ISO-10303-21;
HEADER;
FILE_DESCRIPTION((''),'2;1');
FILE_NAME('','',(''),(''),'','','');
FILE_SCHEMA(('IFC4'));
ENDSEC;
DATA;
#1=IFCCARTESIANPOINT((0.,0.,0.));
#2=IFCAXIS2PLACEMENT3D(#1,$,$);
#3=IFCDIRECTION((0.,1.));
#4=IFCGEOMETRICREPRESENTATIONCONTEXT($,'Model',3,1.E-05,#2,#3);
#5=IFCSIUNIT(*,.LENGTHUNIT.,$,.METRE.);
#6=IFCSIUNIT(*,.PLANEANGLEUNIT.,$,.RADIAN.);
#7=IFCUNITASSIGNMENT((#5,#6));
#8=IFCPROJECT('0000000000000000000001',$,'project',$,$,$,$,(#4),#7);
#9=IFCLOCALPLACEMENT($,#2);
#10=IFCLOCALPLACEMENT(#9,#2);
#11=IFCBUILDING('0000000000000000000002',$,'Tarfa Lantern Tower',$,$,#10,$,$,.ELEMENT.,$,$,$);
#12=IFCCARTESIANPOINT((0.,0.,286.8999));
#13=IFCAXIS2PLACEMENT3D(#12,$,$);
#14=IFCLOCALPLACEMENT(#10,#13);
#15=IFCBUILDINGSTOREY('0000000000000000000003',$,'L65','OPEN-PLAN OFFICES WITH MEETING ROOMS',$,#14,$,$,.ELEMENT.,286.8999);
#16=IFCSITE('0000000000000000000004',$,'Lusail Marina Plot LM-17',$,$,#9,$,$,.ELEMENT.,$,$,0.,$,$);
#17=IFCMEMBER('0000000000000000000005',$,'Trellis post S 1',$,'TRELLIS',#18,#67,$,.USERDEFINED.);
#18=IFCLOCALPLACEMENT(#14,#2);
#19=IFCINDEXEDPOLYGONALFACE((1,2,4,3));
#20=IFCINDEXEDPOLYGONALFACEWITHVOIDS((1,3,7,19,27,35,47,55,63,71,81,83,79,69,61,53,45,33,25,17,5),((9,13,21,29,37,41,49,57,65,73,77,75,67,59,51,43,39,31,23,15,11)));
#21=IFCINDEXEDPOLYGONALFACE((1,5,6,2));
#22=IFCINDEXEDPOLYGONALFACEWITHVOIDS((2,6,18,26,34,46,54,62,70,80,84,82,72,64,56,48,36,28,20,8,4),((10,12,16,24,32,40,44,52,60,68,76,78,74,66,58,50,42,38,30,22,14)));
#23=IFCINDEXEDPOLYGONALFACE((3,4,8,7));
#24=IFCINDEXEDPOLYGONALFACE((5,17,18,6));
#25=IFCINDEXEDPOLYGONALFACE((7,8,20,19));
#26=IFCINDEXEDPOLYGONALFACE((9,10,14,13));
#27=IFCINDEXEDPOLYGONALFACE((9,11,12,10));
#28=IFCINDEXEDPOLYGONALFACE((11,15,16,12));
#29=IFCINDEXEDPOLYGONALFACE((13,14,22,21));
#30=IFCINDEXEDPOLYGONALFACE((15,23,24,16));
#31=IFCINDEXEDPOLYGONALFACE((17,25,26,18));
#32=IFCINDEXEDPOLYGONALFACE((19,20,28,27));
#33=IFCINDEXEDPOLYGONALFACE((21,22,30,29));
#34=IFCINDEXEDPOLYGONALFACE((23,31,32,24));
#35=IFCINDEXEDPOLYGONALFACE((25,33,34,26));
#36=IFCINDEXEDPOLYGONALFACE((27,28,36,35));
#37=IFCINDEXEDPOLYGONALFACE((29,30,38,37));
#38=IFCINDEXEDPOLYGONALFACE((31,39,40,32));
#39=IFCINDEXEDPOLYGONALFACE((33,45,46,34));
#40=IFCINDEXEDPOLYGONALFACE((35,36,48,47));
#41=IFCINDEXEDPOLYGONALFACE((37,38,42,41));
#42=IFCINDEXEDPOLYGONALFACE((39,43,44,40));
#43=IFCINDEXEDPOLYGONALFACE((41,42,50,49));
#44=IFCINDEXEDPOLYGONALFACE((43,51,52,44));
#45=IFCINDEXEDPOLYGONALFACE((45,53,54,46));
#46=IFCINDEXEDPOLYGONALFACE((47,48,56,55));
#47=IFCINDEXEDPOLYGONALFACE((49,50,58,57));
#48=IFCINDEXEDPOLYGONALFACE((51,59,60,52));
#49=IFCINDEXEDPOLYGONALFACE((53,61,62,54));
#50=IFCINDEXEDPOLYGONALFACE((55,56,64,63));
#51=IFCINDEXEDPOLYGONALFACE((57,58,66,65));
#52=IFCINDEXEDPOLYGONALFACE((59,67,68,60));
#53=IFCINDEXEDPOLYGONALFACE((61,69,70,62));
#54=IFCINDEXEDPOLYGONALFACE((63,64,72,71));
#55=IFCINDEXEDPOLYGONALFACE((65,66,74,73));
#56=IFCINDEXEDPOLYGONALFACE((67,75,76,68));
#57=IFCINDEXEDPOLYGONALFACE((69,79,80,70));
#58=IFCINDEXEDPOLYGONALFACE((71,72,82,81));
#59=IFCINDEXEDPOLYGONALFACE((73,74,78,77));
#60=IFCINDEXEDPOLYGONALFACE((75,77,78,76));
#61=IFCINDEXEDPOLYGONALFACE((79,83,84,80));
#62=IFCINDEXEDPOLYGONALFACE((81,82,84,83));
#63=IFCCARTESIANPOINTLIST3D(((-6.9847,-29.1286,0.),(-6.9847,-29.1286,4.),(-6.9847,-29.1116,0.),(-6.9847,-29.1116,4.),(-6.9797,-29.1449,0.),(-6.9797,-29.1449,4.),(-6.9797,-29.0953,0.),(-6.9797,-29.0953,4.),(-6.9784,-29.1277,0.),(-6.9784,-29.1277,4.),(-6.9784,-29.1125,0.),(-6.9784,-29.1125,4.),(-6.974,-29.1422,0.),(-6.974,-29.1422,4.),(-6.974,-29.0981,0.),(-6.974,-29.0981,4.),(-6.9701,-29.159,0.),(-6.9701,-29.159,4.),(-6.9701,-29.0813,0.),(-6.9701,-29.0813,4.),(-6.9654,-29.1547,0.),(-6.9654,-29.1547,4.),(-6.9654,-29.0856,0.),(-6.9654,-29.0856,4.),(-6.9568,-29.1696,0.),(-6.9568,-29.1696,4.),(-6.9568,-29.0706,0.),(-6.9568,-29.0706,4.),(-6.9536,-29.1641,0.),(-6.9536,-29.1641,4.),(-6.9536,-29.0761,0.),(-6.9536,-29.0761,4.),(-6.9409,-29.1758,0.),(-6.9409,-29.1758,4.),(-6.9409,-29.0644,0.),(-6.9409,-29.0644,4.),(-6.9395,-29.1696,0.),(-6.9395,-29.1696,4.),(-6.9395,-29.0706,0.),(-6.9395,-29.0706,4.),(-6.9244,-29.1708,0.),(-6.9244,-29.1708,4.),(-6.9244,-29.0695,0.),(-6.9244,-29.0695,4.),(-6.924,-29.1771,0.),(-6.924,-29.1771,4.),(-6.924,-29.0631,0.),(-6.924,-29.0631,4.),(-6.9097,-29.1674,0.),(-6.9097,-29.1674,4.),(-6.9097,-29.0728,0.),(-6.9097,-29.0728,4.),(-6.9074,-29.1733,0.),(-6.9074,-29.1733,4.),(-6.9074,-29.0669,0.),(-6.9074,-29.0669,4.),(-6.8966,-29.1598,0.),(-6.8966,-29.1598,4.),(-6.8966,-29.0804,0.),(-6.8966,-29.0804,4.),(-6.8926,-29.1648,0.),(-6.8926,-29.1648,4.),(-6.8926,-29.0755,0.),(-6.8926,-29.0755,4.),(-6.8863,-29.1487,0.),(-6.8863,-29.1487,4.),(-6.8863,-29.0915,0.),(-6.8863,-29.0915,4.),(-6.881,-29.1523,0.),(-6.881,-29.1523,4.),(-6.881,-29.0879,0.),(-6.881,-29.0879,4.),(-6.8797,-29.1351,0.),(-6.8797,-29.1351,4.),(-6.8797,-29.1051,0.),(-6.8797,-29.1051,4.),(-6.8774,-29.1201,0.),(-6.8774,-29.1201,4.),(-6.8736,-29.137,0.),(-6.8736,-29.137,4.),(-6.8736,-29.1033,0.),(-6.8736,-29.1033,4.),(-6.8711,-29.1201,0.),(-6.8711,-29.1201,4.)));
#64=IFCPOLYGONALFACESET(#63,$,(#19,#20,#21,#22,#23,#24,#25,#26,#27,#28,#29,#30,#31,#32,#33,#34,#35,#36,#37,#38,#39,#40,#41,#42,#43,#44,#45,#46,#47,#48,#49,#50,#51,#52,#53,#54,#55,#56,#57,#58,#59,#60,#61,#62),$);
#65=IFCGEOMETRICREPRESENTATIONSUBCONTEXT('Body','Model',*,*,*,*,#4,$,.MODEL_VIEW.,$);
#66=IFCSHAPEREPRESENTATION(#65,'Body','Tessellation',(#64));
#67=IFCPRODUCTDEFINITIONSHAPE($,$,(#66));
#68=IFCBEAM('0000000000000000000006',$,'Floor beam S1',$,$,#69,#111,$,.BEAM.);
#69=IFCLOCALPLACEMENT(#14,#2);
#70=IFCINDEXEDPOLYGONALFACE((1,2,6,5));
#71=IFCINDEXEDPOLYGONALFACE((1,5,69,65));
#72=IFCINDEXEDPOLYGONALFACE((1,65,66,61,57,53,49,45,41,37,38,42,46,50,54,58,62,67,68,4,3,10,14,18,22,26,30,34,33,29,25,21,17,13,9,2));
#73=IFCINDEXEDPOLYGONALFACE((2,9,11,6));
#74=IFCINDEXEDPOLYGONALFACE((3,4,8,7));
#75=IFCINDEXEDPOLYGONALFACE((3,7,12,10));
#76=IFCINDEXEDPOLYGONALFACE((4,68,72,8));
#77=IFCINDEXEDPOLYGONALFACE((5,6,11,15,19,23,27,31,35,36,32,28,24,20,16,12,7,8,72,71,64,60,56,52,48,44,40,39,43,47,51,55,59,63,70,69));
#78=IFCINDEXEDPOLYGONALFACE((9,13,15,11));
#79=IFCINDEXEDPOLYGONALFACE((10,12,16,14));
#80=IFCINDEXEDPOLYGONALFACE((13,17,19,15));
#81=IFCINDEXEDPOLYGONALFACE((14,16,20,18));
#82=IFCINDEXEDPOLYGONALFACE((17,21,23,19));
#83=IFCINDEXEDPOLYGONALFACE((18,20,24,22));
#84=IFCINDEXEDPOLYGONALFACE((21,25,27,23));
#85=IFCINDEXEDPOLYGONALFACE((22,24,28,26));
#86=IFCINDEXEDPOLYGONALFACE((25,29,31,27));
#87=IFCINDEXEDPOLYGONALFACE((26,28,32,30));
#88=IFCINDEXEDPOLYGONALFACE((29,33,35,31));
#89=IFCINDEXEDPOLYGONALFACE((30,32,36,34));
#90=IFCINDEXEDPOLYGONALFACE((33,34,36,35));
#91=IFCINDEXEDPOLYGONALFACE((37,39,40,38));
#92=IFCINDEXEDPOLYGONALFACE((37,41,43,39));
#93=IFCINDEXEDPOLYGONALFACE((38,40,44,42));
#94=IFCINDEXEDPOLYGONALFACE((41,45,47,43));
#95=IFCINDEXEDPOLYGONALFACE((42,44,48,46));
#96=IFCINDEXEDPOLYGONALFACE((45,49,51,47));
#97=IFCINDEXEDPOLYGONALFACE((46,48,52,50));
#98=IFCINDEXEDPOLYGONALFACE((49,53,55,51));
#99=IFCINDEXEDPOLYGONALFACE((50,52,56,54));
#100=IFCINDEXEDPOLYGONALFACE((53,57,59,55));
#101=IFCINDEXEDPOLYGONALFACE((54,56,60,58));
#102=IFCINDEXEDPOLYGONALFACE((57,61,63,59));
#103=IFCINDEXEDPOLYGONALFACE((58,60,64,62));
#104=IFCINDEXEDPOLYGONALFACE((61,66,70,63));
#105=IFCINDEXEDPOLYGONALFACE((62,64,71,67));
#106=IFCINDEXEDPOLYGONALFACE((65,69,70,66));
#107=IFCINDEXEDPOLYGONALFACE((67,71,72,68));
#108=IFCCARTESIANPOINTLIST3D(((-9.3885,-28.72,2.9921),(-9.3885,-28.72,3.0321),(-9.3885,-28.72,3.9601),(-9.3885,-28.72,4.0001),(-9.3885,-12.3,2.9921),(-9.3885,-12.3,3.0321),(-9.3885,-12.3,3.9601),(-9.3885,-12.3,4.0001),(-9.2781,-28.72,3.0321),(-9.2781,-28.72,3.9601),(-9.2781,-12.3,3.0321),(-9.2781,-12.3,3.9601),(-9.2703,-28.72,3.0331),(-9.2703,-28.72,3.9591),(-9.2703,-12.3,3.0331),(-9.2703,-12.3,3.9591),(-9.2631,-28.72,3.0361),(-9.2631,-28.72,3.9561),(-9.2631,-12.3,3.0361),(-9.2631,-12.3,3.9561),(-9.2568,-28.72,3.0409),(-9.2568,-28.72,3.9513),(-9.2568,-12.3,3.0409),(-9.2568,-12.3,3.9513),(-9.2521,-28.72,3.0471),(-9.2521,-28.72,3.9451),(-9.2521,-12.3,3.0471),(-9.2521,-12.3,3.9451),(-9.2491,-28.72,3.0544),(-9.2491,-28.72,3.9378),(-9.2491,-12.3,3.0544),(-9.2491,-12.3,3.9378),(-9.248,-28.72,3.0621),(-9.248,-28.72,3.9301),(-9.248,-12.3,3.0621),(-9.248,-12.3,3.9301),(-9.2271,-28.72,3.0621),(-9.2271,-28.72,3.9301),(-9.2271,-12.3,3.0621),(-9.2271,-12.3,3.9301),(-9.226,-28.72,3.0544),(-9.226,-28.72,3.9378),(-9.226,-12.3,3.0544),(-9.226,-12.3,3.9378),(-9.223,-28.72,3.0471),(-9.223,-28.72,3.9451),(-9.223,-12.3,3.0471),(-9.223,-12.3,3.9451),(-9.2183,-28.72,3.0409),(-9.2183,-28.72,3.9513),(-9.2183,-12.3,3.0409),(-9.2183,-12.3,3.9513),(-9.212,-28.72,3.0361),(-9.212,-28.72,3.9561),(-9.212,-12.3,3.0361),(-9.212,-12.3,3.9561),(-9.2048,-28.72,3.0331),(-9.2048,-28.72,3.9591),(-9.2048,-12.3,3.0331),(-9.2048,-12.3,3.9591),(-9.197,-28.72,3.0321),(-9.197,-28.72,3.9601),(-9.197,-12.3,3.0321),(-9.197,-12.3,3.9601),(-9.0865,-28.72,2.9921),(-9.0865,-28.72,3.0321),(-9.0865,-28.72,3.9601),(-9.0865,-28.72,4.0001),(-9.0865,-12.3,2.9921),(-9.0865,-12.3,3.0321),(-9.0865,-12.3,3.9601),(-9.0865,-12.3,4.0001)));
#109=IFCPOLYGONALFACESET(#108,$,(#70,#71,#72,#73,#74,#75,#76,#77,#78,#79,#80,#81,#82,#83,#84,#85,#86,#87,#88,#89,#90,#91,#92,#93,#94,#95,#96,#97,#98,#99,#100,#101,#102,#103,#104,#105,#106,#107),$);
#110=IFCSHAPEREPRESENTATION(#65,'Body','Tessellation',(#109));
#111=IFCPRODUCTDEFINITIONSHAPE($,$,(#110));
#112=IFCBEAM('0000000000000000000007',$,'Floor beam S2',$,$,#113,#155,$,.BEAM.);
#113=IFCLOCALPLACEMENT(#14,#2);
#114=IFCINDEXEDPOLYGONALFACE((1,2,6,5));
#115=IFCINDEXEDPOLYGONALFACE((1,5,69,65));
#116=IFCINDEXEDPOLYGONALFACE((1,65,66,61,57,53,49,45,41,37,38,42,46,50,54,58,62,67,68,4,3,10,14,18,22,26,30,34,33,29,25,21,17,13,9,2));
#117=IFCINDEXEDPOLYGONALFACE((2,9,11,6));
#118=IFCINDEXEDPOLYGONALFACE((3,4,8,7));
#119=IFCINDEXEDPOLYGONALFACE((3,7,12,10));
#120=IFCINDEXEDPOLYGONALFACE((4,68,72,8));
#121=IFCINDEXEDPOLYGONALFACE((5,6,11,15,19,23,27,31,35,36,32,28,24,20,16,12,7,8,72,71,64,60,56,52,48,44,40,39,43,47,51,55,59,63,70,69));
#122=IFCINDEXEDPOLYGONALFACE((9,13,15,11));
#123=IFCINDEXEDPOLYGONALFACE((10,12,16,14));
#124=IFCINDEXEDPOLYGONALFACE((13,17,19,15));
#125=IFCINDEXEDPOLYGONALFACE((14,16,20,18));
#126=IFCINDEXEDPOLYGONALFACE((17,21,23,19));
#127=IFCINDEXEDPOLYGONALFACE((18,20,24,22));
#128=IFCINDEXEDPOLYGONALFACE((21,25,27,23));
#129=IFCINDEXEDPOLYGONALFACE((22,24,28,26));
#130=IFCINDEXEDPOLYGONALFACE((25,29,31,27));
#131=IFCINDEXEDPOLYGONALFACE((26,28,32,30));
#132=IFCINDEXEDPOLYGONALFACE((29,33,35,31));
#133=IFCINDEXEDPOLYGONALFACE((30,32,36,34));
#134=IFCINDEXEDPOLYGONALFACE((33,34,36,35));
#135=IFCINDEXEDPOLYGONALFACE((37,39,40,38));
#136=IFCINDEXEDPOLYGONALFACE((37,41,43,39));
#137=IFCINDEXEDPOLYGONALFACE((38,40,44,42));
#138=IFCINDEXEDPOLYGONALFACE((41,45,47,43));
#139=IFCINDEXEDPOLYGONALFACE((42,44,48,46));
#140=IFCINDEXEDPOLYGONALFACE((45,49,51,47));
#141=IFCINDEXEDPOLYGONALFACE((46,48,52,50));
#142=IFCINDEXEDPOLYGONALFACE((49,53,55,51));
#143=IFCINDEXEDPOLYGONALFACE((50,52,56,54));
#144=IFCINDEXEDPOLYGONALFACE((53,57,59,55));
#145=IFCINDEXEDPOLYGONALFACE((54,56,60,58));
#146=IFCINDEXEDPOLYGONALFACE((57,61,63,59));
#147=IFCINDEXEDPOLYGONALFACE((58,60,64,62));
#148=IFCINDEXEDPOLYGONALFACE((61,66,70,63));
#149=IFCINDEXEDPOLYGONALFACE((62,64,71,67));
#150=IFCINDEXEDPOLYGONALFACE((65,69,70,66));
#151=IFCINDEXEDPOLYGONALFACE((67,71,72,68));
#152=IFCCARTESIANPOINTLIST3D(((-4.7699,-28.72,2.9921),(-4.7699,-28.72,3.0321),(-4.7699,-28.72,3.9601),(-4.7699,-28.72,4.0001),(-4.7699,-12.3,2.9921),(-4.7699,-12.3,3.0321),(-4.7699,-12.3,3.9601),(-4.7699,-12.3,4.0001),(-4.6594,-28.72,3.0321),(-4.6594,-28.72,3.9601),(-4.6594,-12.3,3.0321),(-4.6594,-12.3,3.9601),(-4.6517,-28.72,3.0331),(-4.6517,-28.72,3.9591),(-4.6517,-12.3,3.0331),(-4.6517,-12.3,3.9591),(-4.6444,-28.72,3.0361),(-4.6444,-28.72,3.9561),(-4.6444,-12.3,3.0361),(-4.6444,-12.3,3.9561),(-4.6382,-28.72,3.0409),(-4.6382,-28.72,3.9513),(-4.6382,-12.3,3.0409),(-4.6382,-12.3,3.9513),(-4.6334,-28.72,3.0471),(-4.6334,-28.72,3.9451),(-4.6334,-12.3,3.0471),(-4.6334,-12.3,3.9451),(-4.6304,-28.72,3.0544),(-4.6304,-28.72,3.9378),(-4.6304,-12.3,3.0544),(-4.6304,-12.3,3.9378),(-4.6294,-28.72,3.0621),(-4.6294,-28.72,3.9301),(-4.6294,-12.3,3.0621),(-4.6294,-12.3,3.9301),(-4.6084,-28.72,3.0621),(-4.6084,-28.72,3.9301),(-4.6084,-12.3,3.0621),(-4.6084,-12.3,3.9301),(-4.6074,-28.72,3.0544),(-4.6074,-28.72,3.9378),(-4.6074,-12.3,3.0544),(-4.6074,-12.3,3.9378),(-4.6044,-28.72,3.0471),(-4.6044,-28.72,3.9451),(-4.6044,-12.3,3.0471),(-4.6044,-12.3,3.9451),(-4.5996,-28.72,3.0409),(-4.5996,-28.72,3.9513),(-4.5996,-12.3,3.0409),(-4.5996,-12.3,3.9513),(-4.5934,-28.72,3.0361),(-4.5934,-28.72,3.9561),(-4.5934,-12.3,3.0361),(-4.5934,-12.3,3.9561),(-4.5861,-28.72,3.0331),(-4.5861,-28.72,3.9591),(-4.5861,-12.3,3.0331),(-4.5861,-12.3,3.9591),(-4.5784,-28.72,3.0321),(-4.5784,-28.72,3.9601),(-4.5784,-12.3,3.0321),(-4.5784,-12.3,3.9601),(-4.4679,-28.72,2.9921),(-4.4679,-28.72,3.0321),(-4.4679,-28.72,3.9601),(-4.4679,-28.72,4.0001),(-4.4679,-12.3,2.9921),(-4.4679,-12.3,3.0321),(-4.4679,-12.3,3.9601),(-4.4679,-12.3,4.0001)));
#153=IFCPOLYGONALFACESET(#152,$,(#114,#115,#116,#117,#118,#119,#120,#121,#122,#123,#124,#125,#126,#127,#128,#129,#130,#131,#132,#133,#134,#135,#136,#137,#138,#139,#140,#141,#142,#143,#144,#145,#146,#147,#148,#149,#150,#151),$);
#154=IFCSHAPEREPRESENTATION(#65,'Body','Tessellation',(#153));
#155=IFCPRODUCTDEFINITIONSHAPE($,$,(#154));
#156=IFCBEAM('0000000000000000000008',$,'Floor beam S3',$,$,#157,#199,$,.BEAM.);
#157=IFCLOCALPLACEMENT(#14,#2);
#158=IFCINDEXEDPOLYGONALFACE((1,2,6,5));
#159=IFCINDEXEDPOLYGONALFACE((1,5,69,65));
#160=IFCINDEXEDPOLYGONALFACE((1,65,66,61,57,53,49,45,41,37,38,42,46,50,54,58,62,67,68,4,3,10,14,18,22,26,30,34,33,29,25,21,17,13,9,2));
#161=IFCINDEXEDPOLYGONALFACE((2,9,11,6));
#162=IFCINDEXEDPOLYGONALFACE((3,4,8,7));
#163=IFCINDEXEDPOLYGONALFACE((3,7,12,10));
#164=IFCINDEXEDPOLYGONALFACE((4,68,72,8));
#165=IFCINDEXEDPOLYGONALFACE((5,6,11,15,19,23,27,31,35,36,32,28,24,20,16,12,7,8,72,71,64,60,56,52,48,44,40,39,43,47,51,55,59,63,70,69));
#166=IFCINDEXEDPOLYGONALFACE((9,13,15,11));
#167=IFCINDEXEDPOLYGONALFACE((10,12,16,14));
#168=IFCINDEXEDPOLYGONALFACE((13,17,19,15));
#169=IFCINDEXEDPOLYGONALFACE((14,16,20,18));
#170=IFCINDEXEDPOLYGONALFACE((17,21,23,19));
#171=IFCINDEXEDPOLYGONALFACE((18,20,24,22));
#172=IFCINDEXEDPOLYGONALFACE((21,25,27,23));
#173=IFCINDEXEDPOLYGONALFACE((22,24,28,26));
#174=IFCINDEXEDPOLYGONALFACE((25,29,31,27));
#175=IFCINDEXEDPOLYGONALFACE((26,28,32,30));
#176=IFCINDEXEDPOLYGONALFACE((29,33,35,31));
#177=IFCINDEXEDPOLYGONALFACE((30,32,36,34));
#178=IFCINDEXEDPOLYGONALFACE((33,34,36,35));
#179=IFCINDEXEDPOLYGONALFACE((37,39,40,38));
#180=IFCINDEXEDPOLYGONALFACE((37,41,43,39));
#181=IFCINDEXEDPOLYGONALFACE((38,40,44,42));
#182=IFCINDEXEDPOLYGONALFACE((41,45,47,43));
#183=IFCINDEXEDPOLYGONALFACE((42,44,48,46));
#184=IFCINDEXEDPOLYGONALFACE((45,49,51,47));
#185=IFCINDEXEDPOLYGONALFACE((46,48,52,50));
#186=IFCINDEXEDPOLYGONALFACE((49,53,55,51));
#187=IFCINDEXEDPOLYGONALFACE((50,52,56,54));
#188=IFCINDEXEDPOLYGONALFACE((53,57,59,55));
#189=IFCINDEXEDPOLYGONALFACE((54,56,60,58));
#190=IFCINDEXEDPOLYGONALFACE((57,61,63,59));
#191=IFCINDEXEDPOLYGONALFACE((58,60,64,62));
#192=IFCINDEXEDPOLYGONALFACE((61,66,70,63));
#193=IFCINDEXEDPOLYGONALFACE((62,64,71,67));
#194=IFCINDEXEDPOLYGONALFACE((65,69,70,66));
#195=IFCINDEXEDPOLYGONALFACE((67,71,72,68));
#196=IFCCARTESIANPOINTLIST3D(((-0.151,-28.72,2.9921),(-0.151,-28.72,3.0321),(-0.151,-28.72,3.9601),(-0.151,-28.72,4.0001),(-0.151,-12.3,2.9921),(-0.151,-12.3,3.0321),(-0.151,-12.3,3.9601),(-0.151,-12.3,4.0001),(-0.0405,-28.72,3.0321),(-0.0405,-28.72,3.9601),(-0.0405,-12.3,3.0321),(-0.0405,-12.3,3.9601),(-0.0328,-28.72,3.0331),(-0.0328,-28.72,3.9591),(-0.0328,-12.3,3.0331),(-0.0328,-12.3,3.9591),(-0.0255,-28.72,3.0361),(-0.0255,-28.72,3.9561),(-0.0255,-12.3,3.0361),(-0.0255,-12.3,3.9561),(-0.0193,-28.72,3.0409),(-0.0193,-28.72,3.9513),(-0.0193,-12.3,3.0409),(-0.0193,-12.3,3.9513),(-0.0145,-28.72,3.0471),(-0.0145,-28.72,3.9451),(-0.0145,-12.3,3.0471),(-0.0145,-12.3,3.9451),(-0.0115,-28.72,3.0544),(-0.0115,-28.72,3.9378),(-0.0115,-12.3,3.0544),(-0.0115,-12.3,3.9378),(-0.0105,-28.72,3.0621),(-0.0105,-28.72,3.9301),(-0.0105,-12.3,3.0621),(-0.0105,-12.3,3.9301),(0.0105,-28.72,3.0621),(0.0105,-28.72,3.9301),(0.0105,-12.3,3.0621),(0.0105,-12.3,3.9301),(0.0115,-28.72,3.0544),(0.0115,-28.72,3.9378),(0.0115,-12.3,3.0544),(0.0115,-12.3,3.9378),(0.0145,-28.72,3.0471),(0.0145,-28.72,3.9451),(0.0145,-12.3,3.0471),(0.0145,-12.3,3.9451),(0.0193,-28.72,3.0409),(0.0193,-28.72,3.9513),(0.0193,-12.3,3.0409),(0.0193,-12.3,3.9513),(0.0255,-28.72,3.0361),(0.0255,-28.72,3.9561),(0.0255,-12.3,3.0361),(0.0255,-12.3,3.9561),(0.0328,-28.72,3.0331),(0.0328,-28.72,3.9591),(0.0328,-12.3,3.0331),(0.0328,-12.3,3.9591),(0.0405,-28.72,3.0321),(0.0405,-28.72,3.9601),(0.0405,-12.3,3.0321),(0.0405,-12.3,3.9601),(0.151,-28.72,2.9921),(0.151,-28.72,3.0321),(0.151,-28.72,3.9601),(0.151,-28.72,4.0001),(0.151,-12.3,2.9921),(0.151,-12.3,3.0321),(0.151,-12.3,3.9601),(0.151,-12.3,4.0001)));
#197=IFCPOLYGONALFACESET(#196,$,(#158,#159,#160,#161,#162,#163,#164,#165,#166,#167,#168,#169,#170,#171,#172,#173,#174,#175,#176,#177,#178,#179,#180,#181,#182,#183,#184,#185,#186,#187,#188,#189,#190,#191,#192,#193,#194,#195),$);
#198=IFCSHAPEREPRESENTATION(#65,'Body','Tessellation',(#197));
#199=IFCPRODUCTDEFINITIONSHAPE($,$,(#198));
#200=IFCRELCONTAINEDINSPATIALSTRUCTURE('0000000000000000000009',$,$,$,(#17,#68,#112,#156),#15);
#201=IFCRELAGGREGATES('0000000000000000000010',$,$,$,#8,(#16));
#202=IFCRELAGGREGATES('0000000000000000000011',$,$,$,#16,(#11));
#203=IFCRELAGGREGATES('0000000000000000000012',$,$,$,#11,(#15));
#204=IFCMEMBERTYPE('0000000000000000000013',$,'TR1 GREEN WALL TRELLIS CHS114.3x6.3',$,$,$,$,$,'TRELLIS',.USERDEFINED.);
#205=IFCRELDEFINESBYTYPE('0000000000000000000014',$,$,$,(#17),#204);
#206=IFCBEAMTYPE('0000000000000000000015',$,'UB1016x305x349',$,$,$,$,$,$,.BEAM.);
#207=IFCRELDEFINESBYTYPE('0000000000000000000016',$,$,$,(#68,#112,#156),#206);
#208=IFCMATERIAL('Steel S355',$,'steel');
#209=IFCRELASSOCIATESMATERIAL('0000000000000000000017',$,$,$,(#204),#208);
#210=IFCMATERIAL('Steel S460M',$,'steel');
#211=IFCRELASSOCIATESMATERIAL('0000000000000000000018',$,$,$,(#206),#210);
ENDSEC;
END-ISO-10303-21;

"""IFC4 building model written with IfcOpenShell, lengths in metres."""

from ifc_helpers import new_model, si_unit, direction, frame, origin, origin_2d, place, context, subcontext, project, spatial, hollow_circle, i_section, extrude, material, material_profile, profile_set, type_object, element, save


model = new_model("IFC4")

# Units and contexts
model_context = context("Model", 3, precision=1e-05, world=origin(), true_north=direction((0.0, 1.0)))
body_context = subcontext(model_context, "Body", "Model", "MODEL_VIEW")
ifc_project = project(units=[si_unit("LENGTHUNIT", "METRE"), si_unit("PLANEANGLEUNIT", "RADIAN")], contexts=[model_context])

# Site, building, storey
site_placement = place(None, origin())
site = spatial("IfcSite", under=ifc_project, at=site_placement, Name="Lusail Marina Plot LM-17", CompositionType="ELEMENT", RefElevation=0.0)
building_placement = place(site_placement, origin())
building = spatial("IfcBuilding", under=site, at=building_placement, Name="Tarfa Lantern Tower", CompositionType="ELEMENT")
storey_placement = place(building_placement, frame((0.0, 0.0, 286.8999)))
storey = spatial("IfcBuildingStorey", under=building, at=storey_placement, Name="L65", Description="OPEN-PLAN OFFICES WITH MEETING ROOMS", CompositionType="ELEMENT", Elevation=286.8999)

# Member
ifc_material_1 = material(Name="Steel S355", Category="steel")
ifc_material_profile_1 = material_profile(ifc_material_1, hollow_circle(Radius=0.0571, WallThickness=0.0063, at=origin_2d()), Name="CHS114.3x6.3")
ifc_profile_set_1 = profile_set([ifc_material_profile_1], Name="Steel S355")
member_type_1 = type_object("IfcMemberType", Name="TR1 GREEN WALL TRELLIS CHS114.3x6.3", ElementType="TRELLIS", PredefinedType="USERDEFINED", material=ifc_profile_set_1)
member_1_placement = place(storey_placement, frame((-6.9282, -29.1201, 0.0), z_axis=(0.0, 0.0, 1.0), x_axis=(1.0, 0.0, 0.0)))
element("IfcMember", 1, at=member_1_placement, inside=storey, type_object=member_type_1, Name="Trellis post S 1", ObjectType="TRELLIS", PredefinedType="USERDEFINED", context=body_context, shape_type="SweptSolid", body=[
    extrude(hollow_circle(Radius=0.0571, WallThickness=0.0063, at=origin_2d()), origin(), (0.0, 0.0, 1.0), 4.0),
])

# Beams
ifc_material_2 = material(Name="Steel S460M", Category="steel")
ifc_material_profile_2 = material_profile(ifc_material_2, i_section(OverallWidth=0.302, OverallDepth=1.0081, WebThickness=0.021, FlangeThickness=0.04, FilletRadius=0.03, at=origin_2d()), Name="UB1016x305x349")
ifc_profile_set_2 = profile_set([ifc_material_profile_2], Name="Steel S460M")
beam_type_1 = type_object("IfcBeamType", Name="UB1016x305x349", PredefinedType="BEAM", material=ifc_profile_set_2)
for number, where, z_axis, x_axis, name in (
    (2, (-9.2375, -28.72, 3.4961), (0.0, 1.0, 0.0), (-1.0, 0.0, 0.0), "Floor beam S1"),
    (3, (-4.6189, -28.72, 3.4961), (0.0, 1.0, 0.0), (-1.0, 0.0, 0.0), "Floor beam S2"),
    (4, (0.0, -28.72, 3.4961), (0.0, 1.0, 0.0), (-1.0, 0.0, 0.0), "Floor beam S3"),
):
    element("IfcBeam", number, at=place(storey_placement, frame(where, z_axis=z_axis, x_axis=x_axis)), inside=storey, type_object=beam_type_1, Name=name, PredefinedType="BEAM", context=body_context, shape_type="SweptSolid", body=[
        extrude(i_section(OverallWidth=0.302, OverallDepth=1.0081, WebThickness=0.021, FlangeThickness=0.04, FilletRadius=0.03, at=origin_2d()), origin(), (0.0, 0.0, 1.0), 16.4199),
    ])

save(model, "model.ifc")
